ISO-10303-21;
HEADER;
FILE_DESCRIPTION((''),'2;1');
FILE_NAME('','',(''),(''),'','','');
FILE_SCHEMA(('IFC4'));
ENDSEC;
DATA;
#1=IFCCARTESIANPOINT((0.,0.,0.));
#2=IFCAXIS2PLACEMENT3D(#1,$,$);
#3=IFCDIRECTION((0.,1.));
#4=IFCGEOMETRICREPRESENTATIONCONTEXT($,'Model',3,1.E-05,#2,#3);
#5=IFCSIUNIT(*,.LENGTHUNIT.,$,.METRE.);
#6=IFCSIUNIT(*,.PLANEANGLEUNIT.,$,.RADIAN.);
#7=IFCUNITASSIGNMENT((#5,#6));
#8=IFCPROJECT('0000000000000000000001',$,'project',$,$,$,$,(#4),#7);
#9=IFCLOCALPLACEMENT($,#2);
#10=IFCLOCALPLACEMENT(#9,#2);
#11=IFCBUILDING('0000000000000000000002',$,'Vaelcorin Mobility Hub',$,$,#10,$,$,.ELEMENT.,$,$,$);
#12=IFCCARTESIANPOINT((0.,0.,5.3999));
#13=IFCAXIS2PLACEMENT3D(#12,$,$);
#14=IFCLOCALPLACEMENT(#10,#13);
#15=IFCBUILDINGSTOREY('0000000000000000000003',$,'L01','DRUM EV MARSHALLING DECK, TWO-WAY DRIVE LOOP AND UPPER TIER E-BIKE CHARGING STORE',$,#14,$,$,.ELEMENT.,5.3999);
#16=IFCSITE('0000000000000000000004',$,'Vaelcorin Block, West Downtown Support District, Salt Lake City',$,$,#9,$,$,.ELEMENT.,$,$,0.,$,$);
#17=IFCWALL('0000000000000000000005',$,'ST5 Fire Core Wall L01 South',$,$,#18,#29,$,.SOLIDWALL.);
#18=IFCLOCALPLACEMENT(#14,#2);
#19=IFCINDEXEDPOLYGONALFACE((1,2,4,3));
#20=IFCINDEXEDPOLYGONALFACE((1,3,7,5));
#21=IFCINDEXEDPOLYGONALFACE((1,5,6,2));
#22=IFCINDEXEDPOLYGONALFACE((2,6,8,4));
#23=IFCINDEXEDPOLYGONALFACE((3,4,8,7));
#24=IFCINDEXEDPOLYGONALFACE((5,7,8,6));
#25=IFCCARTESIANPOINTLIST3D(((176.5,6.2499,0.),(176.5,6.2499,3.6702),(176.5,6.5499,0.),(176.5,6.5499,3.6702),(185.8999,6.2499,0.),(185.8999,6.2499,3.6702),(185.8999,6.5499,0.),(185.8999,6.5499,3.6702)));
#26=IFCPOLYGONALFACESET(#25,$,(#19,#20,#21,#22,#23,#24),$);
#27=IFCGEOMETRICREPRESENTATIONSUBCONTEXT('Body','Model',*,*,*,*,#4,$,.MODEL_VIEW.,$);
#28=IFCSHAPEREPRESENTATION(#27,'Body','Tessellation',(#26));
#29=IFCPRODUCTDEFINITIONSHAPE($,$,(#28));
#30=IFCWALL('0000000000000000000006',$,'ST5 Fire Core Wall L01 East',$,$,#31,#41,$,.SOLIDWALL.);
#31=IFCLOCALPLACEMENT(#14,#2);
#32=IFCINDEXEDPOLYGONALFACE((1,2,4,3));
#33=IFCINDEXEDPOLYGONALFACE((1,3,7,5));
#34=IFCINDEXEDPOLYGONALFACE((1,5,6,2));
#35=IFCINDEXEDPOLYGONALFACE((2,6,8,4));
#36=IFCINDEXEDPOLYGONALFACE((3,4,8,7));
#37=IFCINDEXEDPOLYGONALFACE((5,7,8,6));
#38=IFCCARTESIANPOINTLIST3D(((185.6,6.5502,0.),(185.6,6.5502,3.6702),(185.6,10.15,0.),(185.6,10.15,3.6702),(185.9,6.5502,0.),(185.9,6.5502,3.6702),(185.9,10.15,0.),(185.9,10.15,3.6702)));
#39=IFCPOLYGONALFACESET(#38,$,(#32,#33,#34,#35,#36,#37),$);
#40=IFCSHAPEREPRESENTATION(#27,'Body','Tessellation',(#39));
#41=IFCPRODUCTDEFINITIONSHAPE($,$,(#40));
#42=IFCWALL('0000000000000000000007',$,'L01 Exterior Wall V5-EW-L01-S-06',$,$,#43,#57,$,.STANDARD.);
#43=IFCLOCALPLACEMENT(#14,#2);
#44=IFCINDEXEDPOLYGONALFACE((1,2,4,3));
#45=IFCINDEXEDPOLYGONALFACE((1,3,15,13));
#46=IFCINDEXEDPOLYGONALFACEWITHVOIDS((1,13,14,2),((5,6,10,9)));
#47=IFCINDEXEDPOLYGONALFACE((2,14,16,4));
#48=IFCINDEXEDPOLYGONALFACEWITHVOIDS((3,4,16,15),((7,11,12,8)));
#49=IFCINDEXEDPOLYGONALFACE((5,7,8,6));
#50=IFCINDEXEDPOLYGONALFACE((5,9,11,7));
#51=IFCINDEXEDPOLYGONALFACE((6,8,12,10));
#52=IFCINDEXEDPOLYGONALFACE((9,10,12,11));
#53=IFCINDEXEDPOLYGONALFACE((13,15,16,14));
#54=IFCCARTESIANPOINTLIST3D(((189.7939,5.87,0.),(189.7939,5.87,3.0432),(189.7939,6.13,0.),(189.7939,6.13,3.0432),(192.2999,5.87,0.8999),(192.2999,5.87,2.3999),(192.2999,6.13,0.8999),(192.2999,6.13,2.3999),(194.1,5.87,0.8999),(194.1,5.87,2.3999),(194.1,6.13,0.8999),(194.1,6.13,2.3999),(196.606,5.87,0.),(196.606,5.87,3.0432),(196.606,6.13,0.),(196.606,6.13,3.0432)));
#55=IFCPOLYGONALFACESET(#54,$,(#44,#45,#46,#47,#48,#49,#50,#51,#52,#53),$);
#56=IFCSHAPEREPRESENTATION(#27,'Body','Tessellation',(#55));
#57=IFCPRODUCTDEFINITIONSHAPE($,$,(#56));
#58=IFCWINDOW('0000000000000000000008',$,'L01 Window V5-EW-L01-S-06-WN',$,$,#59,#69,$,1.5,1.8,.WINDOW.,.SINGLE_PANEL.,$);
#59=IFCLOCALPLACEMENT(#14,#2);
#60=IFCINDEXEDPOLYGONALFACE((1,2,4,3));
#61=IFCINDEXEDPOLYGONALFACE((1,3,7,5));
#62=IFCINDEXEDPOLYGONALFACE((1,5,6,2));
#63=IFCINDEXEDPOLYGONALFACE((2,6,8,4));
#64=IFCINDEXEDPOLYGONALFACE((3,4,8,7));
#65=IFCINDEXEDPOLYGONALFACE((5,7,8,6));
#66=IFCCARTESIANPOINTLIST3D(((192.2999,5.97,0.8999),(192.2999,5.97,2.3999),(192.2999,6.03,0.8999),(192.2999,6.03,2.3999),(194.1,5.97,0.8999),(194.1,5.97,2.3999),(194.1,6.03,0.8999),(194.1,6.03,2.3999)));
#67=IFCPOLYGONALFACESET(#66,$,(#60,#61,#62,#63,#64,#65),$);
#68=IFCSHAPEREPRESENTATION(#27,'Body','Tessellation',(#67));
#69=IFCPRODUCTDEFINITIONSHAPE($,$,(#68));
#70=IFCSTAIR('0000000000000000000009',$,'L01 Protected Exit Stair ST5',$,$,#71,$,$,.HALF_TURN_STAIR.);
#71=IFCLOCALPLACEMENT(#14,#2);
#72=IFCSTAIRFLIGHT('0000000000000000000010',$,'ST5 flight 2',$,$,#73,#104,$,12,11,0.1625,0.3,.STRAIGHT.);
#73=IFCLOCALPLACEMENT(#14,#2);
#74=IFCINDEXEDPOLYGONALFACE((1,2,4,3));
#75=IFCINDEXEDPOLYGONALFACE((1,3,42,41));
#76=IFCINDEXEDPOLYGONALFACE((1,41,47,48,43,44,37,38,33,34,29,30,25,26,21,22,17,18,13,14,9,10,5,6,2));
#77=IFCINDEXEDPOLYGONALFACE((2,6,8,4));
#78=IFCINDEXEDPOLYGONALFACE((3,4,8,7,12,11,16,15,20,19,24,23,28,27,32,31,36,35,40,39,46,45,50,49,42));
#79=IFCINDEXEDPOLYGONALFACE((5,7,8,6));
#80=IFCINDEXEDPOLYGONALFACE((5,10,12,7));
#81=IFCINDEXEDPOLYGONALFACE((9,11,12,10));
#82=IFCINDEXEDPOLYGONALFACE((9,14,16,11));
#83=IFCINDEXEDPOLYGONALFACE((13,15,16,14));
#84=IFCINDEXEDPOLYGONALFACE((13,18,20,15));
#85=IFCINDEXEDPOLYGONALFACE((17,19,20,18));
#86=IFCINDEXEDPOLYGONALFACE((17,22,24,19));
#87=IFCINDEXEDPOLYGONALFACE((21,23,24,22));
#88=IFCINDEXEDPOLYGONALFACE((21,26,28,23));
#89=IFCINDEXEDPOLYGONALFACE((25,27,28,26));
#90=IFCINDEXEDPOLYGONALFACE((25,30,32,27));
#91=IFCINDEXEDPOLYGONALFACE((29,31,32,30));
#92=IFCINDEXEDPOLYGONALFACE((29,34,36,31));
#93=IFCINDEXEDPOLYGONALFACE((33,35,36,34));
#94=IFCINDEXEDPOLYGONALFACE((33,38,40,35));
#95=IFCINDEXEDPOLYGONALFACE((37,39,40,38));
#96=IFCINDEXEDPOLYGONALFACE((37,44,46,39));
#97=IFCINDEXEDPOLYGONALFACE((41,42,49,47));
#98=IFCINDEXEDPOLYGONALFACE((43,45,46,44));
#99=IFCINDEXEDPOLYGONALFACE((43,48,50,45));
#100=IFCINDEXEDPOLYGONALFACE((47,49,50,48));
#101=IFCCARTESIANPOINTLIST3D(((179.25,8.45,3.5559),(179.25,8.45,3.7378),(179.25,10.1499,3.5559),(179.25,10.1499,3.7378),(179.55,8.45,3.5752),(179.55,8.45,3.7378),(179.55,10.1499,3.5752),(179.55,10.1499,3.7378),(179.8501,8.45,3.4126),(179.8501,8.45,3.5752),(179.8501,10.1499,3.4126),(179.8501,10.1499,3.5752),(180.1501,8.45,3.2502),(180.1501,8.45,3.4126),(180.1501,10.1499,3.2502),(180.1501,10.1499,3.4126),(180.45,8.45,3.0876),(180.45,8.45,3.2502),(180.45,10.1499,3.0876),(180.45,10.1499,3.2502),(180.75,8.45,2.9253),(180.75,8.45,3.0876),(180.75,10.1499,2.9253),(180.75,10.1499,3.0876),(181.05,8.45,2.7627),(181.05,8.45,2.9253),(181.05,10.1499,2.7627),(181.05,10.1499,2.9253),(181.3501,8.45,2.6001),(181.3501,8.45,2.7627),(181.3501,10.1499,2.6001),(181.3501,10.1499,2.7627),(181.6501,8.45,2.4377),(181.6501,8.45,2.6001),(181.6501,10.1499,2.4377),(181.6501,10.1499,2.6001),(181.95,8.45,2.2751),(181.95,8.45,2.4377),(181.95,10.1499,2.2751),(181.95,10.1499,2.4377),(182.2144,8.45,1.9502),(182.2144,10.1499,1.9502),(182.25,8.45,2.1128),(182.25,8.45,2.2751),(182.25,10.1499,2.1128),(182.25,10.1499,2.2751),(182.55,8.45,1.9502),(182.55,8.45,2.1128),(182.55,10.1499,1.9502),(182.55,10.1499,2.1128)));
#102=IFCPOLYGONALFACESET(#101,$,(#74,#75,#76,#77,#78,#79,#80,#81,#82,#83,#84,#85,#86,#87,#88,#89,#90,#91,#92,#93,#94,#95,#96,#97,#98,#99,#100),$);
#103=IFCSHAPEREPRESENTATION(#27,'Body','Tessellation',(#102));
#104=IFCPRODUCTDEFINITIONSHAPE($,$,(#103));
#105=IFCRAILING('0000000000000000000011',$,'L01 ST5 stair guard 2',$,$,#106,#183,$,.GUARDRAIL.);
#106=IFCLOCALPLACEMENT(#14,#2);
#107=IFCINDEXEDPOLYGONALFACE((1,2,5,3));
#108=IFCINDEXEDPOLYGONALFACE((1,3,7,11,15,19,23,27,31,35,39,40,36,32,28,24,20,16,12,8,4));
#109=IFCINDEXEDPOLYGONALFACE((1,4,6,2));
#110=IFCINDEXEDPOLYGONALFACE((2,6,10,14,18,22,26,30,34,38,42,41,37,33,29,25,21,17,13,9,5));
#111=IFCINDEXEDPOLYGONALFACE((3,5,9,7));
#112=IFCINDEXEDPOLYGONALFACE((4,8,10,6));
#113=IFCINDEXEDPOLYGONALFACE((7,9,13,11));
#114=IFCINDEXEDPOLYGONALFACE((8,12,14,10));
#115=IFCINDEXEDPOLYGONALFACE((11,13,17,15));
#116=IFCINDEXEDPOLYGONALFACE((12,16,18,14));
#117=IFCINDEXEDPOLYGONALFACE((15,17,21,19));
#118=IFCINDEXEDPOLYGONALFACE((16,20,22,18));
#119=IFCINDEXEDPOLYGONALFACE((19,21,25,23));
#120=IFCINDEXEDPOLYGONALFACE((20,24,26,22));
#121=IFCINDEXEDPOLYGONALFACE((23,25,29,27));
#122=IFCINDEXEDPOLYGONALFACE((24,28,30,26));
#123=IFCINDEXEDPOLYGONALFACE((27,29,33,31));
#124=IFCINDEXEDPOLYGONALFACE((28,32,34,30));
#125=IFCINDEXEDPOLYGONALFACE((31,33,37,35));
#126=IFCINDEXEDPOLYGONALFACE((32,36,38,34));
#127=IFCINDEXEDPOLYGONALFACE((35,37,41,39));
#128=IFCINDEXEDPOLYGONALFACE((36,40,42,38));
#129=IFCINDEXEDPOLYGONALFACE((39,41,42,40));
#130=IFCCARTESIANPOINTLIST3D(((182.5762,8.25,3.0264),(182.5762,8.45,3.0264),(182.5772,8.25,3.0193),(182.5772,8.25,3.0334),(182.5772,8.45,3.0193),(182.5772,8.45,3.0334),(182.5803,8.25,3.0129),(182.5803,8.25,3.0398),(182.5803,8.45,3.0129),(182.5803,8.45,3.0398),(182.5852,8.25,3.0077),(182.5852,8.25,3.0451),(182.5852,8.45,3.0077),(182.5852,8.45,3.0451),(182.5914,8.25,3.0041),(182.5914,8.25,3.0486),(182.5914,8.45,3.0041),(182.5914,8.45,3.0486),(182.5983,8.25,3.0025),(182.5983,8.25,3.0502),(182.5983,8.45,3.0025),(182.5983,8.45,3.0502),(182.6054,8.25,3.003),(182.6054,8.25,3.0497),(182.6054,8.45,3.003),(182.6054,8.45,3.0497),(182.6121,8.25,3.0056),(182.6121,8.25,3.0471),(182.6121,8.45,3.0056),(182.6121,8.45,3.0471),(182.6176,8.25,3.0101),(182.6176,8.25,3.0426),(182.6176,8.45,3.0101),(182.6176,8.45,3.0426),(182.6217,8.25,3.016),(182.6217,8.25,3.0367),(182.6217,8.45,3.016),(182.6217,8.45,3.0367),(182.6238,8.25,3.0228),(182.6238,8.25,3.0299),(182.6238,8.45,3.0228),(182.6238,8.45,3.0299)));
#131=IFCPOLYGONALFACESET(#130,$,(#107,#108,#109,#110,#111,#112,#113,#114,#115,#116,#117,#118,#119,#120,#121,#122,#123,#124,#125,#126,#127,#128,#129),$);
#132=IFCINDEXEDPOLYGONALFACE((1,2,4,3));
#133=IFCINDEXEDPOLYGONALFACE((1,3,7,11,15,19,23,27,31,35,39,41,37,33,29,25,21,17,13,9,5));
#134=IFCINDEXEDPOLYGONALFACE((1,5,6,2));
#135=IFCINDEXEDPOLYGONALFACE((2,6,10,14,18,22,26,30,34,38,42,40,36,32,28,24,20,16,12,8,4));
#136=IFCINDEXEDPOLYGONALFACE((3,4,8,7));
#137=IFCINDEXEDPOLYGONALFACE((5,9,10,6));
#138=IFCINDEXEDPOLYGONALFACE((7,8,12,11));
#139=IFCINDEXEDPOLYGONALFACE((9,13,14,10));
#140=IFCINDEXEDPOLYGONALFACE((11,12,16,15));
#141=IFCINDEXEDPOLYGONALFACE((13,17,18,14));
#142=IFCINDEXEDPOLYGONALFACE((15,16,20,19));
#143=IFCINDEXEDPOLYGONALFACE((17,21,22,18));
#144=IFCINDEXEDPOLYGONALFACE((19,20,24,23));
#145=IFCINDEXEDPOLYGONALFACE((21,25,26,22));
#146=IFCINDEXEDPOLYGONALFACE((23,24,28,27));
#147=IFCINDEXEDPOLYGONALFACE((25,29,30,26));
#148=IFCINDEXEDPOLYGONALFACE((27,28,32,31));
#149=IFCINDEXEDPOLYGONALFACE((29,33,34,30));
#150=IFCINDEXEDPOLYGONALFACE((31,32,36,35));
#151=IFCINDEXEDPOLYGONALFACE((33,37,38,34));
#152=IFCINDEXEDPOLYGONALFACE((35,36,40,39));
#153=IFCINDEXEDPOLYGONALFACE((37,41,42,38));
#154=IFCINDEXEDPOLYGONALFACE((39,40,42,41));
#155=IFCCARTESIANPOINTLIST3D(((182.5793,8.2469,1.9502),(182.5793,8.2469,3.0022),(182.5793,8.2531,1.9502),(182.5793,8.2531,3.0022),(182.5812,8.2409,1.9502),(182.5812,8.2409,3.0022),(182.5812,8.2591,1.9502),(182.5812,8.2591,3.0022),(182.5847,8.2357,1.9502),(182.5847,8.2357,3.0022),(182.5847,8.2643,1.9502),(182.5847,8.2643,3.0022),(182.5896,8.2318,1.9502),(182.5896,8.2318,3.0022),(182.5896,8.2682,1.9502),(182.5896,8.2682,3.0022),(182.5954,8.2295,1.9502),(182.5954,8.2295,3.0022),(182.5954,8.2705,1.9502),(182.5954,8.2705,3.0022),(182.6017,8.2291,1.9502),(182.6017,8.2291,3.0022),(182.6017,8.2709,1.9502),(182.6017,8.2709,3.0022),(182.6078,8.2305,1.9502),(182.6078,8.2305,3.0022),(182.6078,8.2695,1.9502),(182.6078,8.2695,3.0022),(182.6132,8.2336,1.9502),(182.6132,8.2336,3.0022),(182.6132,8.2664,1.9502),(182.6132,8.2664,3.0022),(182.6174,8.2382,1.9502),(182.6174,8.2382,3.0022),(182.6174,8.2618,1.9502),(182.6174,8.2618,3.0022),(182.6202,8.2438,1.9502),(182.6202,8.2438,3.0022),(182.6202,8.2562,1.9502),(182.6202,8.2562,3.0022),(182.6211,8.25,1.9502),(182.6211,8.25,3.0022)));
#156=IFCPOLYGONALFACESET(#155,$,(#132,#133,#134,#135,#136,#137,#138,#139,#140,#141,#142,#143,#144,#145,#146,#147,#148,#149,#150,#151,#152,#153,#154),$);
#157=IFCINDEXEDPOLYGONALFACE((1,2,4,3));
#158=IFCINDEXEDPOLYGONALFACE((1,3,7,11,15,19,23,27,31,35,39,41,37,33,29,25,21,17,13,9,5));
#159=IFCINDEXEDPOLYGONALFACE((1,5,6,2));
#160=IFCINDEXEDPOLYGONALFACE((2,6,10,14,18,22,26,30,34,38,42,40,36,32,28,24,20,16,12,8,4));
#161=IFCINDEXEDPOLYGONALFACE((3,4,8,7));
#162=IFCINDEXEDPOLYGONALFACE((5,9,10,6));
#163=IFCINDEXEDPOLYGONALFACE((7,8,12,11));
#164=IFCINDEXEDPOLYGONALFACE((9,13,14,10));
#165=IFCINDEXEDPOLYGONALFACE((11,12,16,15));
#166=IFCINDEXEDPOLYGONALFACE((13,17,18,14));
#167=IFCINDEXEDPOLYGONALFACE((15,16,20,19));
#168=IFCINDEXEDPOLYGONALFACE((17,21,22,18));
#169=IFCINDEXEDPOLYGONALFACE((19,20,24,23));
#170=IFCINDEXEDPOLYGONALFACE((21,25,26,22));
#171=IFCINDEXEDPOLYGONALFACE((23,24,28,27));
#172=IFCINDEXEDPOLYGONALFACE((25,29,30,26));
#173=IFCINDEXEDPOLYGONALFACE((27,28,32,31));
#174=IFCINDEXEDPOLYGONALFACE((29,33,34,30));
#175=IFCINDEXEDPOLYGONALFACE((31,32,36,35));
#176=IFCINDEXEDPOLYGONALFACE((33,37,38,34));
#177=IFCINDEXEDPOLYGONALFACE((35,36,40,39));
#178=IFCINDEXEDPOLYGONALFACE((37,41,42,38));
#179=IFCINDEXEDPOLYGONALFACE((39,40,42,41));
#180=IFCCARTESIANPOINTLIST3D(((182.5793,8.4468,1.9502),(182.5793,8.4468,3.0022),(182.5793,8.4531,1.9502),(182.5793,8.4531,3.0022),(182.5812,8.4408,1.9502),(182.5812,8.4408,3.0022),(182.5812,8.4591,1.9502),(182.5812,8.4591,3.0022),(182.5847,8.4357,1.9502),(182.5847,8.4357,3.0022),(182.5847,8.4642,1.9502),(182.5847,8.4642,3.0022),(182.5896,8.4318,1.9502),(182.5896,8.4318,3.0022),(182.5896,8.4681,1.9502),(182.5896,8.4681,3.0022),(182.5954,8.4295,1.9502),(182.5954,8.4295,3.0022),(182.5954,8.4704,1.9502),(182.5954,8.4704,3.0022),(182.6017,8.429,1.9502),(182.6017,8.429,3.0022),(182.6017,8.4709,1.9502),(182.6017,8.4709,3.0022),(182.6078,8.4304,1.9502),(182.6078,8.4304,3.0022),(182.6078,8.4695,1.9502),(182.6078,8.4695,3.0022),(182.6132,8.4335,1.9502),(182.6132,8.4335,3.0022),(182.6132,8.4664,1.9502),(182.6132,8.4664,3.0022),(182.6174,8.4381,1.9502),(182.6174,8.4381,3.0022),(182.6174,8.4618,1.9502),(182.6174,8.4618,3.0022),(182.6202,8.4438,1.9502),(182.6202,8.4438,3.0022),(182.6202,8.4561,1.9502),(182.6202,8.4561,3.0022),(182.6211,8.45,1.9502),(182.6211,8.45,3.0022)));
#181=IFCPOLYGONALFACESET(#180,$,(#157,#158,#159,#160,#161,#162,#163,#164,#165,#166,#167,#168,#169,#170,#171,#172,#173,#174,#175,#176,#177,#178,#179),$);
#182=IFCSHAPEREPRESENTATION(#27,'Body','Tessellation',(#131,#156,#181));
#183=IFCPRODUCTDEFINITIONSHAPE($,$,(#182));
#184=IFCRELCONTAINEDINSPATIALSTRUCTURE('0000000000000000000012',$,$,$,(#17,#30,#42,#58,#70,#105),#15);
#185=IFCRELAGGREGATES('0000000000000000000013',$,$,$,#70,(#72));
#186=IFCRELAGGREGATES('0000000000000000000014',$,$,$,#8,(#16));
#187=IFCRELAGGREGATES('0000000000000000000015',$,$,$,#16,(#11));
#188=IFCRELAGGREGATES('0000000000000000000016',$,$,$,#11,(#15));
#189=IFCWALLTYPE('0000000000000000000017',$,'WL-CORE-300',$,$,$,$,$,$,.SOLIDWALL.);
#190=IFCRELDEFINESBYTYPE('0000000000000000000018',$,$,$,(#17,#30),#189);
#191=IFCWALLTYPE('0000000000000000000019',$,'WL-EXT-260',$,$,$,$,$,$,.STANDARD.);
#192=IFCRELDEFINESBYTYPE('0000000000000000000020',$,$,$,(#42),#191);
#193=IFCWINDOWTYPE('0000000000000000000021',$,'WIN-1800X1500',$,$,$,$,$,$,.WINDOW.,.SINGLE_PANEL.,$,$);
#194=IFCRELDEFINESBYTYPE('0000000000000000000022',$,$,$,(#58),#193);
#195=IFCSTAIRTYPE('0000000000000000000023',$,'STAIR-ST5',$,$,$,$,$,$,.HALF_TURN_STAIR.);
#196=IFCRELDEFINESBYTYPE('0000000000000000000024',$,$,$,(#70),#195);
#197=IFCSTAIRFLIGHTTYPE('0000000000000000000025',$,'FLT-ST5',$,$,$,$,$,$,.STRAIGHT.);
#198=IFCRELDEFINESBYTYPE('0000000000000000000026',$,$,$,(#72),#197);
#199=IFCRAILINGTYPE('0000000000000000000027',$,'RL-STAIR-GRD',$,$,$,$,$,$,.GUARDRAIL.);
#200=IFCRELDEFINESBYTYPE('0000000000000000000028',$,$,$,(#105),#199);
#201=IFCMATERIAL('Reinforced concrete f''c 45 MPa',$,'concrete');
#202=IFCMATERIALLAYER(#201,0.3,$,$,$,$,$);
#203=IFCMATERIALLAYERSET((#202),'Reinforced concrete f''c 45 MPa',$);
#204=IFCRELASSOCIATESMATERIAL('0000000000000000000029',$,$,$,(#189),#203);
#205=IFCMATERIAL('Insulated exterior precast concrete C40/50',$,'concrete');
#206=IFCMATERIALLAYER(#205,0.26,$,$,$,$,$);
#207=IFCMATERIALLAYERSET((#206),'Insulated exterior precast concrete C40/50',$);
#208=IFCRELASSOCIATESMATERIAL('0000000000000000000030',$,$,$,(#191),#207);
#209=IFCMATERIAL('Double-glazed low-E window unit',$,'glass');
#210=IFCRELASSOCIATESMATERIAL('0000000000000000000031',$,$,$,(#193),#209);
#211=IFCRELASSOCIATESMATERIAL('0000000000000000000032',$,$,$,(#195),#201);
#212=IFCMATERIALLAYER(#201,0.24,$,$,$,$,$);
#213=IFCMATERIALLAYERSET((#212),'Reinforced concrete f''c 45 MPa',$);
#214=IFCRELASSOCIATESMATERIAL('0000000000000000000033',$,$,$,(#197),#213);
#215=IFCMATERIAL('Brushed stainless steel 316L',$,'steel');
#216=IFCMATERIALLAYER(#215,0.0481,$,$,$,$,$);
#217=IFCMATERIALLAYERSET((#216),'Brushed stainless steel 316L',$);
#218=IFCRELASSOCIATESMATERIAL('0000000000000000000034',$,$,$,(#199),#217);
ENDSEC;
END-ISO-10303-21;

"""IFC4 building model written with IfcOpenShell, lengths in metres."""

from ifc_helpers import new_model, si_unit, direction, frame, frame_2d, origin, origin_2d, place, context, subcontext, project, spatial, polyline, rectangle, circle, outline, extrude, material, layer, layer_set, type_object, element, fill, aggregate, save


model = new_model("IFC4")

# Units and contexts
model_context = context("Model", 3, precision=1e-05, world=origin(), true_north=direction((0.0, 1.0)))
body_context = subcontext(model_context, "Body", "Model", "MODEL_VIEW")
ifc_project = project(units=[si_unit("LENGTHUNIT", "METRE"), si_unit("PLANEANGLEUNIT", "RADIAN")], contexts=[model_context])

# Site, building, storey
site_placement = place(None, origin())
site = spatial("IfcSite", under=ifc_project, at=site_placement, Name="Vaelcorin Block, West Downtown Support District, Salt Lake City", CompositionType="ELEMENT", RefElevation=0.0)
building_placement = place(site_placement, origin())
building = spatial("IfcBuilding", under=site, at=building_placement, Name="Vaelcorin Mobility Hub", CompositionType="ELEMENT")
storey_placement = place(building_placement, frame((0.0, 0.0, 5.3999)))
storey = spatial("IfcBuildingStorey", under=building, at=storey_placement, Name="L01", Description="DRUM EV MARSHALLING DECK, TWO-WAY DRIVE LOOP AND UPPER TIER E-BIKE CHARGING STORE", CompositionType="ELEMENT", Elevation=5.3999)

# Walls
ifc_material_1 = material(Name="Reinforced concrete f'c 45 MPa", Category="concrete")
ifc_layer_1 = layer(ifc_material_1, 0.3)
ifc_layer_set_1 = layer_set([ifc_layer_1], Name="Reinforced concrete f'c 45 MPa")
wall_type_1 = type_object("IfcWallType", Name="WL-CORE-300", PredefinedType="SOLIDWALL", material=ifc_layer_set_1)
wall_1_placement = place(storey_placement, frame((185.8999, 6.3999, 0.0), z_axis=(0.0, 0.0, 1.0), x_axis=(-1.0, 0.0, 0.0)))
element("IfcWall", 1, at=wall_1_placement, inside=storey, type_object=wall_type_1, Name="ST5 Fire Core Wall L01 South", PredefinedType="SOLIDWALL", context=body_context, shape_type="SweptSolid", body=[
    extrude(rectangle(XDim=9.3999, YDim=0.3, at=frame_2d((4.7, 0.0))), origin(), (0.0, 0.0, 1.0), 3.6702),
])
wall_2_placement = place(storey_placement, frame((185.75, 10.1499, 0.0), z_axis=(0.0, 0.0, 1.0), x_axis=(0.0, -1.0, 0.0)))
element("IfcWall", 2, at=wall_2_placement, inside=storey, type_object=wall_type_1, Name="ST5 Fire Core Wall L01 East", PredefinedType="SOLIDWALL", context=body_context, shape_type="SweptSolid", body=[
    extrude(rectangle(XDim=3.5999, YDim=0.3, at=frame_2d((1.7998, 0.0))), origin(), (0.0, 0.0, 1.0), 3.6702),
])

# Wall, opening, window
ifc_material_2 = material(Name="Insulated exterior precast concrete C40/50", Category="concrete")
ifc_layer_2 = layer(ifc_material_2, 0.26)
ifc_layer_set_2 = layer_set([ifc_layer_2], Name="Insulated exterior precast concrete C40/50")
wall_type_2 = type_object("IfcWallType", Name="WL-EXT-260", PredefinedType="STANDARD", material=ifc_layer_set_2)
wall_3_placement = place(storey_placement, frame((196.606, 6.0, 0.0), z_axis=(0.0, 0.0, 1.0), x_axis=(-1.0, 0.0, 0.0)))
wall_3 = element("IfcWall", 3, at=wall_3_placement, inside=storey, type_object=wall_type_2, Name="L01 Exterior Wall V5-EW-L01-S-06", PredefinedType="STANDARD", context=body_context, shape_type="SweptSolid", body=[
    extrude(rectangle(XDim=6.812, YDim=0.26, at=frame_2d((3.406, 0.0))), origin(), (0.0, 0.0, 1.0), 3.0432),
])
opening_placement = place(wall_3_placement, frame((2.5061, 0.0, 0.8999)))
opening = element("IfcOpeningElement", 4, at=opening_placement, cuts=wall_3, PredefinedType="OPENING", context=body_context, shape_type="SweptSolid", body=[
    extrude(rectangle(XDim=1.8, YDim=1.5, at=frame_2d((0.8999, 0.75))), frame((0.0, 0.1399, 0.0), z_axis=(0.0, -1.0, 0.0), x_axis=(1.0, 0.0, 0.0)), (0.0, 0.0, 1.0), 0.28),
])
ifc_material_3 = material(Name="Double-glazed low-E window unit", Category="glass")
window_type = type_object("IfcWindowType", Name="WIN-1800X1500", PartitioningType="SINGLE_PANEL", PredefinedType="WINDOW", material=ifc_material_3)
window_placement = place(opening_placement, origin())
window = element("IfcWindow", 5, at=window_placement, inside=storey, type_object=window_type, Name="L01 Window V5-EW-L01-S-06-WN", OverallHeight=1.5, OverallWidth=1.8, PartitioningType="SINGLE_PANEL", PredefinedType="WINDOW", context=body_context, shape_type="SweptSolid", body=[
    extrude(rectangle(XDim=1.8, YDim=1.5, at=frame_2d((0.8999, 0.75))), frame((0.0, 0.03, 0.0), z_axis=(0.0, -1.0, 0.0), x_axis=(1.0, 0.0, 0.0)), (0.0, 0.0, 1.0), 0.0601),
])
fill(opening, window)

# Stair, stair flight
stair_type = type_object("IfcStairType", Name="STAIR-ST5", PredefinedType="HALF_TURN_STAIR", material=ifc_material_1)
stair_placement = place(storey_placement, origin())
stair = element("IfcStair", 6, at=stair_placement, inside=storey, type_object=stair_type, Name="L01 Protected Exit Stair ST5", PredefinedType="HALF_TURN_STAIR")
ifc_layer_3 = layer(ifc_material_1, 0.24)
ifc_layer_set_3 = layer_set([ifc_layer_3], Name="Reinforced concrete f'c 45 MPa")
stair_flight_type = type_object("IfcStairFlightType", Name="FLT-ST5", PredefinedType="STRAIGHT", material=ifc_layer_set_3)
stair_flight_placement = place(storey_placement, frame((182.55, 9.3, 1.9502), z_axis=(0.0, 0.0, 1.0), x_axis=(-1.0, 0.0, 0.0)))
stair_flight = element("IfcStairFlight", 7, at=stair_flight_placement, type_object=stair_flight_type, Name="ST5 flight 2", NumberOfRisers=12, NumberOfTreads=11, PredefinedType="STRAIGHT", RiserHeight=0.1625, TreadLength=0.3, context=body_context, shape_type="SweptSolid", body=[
    extrude(outline(polyline([(0.0, 0.0), (0.0, 0.1626), (0.3, 0.1626), (0.3, 0.325), (0.6001, 0.325), (0.6001, 0.4875), (0.8999, 0.4875), (0.8999, 0.6499), (1.2, 0.6499), (1.2, 0.8125), (1.5, 0.8125), (1.5, 0.9751), (1.8, 0.9751), (1.8, 1.1375), (2.1001, 1.1375), (2.1001, 1.3), (2.3999, 1.3), (2.3999, 1.4624), (2.7, 1.4624), (2.7, 1.625), (3.0, 1.625), (3.0, 1.7876), (3.3, 1.7876), (3.3, 1.95), (3.3, 1.6057), (0.3357, 0.0), (0.0, 0.0)])), frame((0.0, 0.8501, 0.0), z_axis=(0.0, -1.0, 0.0), x_axis=(1.0, 0.0, 0.0)), (0.0, 0.0, 1.0), 1.7),
])
aggregate(stair, [stair_flight])

# Railing
ifc_material_4 = material(Name="Brushed stainless steel 316L", Category="steel")
ifc_layer_4 = layer(ifc_material_4, 0.0481)
ifc_layer_set_4 = layer_set([ifc_layer_4], Name="Brushed stainless steel 316L")
railing_type_1 = type_object("IfcRailingType", Name="RL-STAIR-GRD", PredefinedType="GUARDRAIL", material=ifc_layer_set_4)
railing_1_placement = place(storey_placement, frame((182.6001, 8.25, 1.9502)))
element("IfcRailing", 8, at=railing_1_placement, inside=storey, type_object=railing_type_1, Name="L01 ST5 stair guard 2", PredefinedType="GUARDRAIL", context=body_context, shape_type="SweptSolid", body=[
    extrude(circle(Radius=0.0239, at=origin_2d()), frame((0.0, 0.0, 1.0762), z_axis=(0.0, 1.0, 0.0), x_axis=(-1.0, 0.0, 0.0)), (0.0, 0.0, 1.0), 0.2),
    extrude(circle(Radius=0.021, at=origin_2d()), origin(), (0.0, 0.0, 1.0), 1.052),
    extrude(circle(Radius=0.021, at=origin_2d()), frame((0.0, 0.2, 0.0)), (0.0, 0.0, 1.0), 1.052),
])

save(model, "model.ifc")
